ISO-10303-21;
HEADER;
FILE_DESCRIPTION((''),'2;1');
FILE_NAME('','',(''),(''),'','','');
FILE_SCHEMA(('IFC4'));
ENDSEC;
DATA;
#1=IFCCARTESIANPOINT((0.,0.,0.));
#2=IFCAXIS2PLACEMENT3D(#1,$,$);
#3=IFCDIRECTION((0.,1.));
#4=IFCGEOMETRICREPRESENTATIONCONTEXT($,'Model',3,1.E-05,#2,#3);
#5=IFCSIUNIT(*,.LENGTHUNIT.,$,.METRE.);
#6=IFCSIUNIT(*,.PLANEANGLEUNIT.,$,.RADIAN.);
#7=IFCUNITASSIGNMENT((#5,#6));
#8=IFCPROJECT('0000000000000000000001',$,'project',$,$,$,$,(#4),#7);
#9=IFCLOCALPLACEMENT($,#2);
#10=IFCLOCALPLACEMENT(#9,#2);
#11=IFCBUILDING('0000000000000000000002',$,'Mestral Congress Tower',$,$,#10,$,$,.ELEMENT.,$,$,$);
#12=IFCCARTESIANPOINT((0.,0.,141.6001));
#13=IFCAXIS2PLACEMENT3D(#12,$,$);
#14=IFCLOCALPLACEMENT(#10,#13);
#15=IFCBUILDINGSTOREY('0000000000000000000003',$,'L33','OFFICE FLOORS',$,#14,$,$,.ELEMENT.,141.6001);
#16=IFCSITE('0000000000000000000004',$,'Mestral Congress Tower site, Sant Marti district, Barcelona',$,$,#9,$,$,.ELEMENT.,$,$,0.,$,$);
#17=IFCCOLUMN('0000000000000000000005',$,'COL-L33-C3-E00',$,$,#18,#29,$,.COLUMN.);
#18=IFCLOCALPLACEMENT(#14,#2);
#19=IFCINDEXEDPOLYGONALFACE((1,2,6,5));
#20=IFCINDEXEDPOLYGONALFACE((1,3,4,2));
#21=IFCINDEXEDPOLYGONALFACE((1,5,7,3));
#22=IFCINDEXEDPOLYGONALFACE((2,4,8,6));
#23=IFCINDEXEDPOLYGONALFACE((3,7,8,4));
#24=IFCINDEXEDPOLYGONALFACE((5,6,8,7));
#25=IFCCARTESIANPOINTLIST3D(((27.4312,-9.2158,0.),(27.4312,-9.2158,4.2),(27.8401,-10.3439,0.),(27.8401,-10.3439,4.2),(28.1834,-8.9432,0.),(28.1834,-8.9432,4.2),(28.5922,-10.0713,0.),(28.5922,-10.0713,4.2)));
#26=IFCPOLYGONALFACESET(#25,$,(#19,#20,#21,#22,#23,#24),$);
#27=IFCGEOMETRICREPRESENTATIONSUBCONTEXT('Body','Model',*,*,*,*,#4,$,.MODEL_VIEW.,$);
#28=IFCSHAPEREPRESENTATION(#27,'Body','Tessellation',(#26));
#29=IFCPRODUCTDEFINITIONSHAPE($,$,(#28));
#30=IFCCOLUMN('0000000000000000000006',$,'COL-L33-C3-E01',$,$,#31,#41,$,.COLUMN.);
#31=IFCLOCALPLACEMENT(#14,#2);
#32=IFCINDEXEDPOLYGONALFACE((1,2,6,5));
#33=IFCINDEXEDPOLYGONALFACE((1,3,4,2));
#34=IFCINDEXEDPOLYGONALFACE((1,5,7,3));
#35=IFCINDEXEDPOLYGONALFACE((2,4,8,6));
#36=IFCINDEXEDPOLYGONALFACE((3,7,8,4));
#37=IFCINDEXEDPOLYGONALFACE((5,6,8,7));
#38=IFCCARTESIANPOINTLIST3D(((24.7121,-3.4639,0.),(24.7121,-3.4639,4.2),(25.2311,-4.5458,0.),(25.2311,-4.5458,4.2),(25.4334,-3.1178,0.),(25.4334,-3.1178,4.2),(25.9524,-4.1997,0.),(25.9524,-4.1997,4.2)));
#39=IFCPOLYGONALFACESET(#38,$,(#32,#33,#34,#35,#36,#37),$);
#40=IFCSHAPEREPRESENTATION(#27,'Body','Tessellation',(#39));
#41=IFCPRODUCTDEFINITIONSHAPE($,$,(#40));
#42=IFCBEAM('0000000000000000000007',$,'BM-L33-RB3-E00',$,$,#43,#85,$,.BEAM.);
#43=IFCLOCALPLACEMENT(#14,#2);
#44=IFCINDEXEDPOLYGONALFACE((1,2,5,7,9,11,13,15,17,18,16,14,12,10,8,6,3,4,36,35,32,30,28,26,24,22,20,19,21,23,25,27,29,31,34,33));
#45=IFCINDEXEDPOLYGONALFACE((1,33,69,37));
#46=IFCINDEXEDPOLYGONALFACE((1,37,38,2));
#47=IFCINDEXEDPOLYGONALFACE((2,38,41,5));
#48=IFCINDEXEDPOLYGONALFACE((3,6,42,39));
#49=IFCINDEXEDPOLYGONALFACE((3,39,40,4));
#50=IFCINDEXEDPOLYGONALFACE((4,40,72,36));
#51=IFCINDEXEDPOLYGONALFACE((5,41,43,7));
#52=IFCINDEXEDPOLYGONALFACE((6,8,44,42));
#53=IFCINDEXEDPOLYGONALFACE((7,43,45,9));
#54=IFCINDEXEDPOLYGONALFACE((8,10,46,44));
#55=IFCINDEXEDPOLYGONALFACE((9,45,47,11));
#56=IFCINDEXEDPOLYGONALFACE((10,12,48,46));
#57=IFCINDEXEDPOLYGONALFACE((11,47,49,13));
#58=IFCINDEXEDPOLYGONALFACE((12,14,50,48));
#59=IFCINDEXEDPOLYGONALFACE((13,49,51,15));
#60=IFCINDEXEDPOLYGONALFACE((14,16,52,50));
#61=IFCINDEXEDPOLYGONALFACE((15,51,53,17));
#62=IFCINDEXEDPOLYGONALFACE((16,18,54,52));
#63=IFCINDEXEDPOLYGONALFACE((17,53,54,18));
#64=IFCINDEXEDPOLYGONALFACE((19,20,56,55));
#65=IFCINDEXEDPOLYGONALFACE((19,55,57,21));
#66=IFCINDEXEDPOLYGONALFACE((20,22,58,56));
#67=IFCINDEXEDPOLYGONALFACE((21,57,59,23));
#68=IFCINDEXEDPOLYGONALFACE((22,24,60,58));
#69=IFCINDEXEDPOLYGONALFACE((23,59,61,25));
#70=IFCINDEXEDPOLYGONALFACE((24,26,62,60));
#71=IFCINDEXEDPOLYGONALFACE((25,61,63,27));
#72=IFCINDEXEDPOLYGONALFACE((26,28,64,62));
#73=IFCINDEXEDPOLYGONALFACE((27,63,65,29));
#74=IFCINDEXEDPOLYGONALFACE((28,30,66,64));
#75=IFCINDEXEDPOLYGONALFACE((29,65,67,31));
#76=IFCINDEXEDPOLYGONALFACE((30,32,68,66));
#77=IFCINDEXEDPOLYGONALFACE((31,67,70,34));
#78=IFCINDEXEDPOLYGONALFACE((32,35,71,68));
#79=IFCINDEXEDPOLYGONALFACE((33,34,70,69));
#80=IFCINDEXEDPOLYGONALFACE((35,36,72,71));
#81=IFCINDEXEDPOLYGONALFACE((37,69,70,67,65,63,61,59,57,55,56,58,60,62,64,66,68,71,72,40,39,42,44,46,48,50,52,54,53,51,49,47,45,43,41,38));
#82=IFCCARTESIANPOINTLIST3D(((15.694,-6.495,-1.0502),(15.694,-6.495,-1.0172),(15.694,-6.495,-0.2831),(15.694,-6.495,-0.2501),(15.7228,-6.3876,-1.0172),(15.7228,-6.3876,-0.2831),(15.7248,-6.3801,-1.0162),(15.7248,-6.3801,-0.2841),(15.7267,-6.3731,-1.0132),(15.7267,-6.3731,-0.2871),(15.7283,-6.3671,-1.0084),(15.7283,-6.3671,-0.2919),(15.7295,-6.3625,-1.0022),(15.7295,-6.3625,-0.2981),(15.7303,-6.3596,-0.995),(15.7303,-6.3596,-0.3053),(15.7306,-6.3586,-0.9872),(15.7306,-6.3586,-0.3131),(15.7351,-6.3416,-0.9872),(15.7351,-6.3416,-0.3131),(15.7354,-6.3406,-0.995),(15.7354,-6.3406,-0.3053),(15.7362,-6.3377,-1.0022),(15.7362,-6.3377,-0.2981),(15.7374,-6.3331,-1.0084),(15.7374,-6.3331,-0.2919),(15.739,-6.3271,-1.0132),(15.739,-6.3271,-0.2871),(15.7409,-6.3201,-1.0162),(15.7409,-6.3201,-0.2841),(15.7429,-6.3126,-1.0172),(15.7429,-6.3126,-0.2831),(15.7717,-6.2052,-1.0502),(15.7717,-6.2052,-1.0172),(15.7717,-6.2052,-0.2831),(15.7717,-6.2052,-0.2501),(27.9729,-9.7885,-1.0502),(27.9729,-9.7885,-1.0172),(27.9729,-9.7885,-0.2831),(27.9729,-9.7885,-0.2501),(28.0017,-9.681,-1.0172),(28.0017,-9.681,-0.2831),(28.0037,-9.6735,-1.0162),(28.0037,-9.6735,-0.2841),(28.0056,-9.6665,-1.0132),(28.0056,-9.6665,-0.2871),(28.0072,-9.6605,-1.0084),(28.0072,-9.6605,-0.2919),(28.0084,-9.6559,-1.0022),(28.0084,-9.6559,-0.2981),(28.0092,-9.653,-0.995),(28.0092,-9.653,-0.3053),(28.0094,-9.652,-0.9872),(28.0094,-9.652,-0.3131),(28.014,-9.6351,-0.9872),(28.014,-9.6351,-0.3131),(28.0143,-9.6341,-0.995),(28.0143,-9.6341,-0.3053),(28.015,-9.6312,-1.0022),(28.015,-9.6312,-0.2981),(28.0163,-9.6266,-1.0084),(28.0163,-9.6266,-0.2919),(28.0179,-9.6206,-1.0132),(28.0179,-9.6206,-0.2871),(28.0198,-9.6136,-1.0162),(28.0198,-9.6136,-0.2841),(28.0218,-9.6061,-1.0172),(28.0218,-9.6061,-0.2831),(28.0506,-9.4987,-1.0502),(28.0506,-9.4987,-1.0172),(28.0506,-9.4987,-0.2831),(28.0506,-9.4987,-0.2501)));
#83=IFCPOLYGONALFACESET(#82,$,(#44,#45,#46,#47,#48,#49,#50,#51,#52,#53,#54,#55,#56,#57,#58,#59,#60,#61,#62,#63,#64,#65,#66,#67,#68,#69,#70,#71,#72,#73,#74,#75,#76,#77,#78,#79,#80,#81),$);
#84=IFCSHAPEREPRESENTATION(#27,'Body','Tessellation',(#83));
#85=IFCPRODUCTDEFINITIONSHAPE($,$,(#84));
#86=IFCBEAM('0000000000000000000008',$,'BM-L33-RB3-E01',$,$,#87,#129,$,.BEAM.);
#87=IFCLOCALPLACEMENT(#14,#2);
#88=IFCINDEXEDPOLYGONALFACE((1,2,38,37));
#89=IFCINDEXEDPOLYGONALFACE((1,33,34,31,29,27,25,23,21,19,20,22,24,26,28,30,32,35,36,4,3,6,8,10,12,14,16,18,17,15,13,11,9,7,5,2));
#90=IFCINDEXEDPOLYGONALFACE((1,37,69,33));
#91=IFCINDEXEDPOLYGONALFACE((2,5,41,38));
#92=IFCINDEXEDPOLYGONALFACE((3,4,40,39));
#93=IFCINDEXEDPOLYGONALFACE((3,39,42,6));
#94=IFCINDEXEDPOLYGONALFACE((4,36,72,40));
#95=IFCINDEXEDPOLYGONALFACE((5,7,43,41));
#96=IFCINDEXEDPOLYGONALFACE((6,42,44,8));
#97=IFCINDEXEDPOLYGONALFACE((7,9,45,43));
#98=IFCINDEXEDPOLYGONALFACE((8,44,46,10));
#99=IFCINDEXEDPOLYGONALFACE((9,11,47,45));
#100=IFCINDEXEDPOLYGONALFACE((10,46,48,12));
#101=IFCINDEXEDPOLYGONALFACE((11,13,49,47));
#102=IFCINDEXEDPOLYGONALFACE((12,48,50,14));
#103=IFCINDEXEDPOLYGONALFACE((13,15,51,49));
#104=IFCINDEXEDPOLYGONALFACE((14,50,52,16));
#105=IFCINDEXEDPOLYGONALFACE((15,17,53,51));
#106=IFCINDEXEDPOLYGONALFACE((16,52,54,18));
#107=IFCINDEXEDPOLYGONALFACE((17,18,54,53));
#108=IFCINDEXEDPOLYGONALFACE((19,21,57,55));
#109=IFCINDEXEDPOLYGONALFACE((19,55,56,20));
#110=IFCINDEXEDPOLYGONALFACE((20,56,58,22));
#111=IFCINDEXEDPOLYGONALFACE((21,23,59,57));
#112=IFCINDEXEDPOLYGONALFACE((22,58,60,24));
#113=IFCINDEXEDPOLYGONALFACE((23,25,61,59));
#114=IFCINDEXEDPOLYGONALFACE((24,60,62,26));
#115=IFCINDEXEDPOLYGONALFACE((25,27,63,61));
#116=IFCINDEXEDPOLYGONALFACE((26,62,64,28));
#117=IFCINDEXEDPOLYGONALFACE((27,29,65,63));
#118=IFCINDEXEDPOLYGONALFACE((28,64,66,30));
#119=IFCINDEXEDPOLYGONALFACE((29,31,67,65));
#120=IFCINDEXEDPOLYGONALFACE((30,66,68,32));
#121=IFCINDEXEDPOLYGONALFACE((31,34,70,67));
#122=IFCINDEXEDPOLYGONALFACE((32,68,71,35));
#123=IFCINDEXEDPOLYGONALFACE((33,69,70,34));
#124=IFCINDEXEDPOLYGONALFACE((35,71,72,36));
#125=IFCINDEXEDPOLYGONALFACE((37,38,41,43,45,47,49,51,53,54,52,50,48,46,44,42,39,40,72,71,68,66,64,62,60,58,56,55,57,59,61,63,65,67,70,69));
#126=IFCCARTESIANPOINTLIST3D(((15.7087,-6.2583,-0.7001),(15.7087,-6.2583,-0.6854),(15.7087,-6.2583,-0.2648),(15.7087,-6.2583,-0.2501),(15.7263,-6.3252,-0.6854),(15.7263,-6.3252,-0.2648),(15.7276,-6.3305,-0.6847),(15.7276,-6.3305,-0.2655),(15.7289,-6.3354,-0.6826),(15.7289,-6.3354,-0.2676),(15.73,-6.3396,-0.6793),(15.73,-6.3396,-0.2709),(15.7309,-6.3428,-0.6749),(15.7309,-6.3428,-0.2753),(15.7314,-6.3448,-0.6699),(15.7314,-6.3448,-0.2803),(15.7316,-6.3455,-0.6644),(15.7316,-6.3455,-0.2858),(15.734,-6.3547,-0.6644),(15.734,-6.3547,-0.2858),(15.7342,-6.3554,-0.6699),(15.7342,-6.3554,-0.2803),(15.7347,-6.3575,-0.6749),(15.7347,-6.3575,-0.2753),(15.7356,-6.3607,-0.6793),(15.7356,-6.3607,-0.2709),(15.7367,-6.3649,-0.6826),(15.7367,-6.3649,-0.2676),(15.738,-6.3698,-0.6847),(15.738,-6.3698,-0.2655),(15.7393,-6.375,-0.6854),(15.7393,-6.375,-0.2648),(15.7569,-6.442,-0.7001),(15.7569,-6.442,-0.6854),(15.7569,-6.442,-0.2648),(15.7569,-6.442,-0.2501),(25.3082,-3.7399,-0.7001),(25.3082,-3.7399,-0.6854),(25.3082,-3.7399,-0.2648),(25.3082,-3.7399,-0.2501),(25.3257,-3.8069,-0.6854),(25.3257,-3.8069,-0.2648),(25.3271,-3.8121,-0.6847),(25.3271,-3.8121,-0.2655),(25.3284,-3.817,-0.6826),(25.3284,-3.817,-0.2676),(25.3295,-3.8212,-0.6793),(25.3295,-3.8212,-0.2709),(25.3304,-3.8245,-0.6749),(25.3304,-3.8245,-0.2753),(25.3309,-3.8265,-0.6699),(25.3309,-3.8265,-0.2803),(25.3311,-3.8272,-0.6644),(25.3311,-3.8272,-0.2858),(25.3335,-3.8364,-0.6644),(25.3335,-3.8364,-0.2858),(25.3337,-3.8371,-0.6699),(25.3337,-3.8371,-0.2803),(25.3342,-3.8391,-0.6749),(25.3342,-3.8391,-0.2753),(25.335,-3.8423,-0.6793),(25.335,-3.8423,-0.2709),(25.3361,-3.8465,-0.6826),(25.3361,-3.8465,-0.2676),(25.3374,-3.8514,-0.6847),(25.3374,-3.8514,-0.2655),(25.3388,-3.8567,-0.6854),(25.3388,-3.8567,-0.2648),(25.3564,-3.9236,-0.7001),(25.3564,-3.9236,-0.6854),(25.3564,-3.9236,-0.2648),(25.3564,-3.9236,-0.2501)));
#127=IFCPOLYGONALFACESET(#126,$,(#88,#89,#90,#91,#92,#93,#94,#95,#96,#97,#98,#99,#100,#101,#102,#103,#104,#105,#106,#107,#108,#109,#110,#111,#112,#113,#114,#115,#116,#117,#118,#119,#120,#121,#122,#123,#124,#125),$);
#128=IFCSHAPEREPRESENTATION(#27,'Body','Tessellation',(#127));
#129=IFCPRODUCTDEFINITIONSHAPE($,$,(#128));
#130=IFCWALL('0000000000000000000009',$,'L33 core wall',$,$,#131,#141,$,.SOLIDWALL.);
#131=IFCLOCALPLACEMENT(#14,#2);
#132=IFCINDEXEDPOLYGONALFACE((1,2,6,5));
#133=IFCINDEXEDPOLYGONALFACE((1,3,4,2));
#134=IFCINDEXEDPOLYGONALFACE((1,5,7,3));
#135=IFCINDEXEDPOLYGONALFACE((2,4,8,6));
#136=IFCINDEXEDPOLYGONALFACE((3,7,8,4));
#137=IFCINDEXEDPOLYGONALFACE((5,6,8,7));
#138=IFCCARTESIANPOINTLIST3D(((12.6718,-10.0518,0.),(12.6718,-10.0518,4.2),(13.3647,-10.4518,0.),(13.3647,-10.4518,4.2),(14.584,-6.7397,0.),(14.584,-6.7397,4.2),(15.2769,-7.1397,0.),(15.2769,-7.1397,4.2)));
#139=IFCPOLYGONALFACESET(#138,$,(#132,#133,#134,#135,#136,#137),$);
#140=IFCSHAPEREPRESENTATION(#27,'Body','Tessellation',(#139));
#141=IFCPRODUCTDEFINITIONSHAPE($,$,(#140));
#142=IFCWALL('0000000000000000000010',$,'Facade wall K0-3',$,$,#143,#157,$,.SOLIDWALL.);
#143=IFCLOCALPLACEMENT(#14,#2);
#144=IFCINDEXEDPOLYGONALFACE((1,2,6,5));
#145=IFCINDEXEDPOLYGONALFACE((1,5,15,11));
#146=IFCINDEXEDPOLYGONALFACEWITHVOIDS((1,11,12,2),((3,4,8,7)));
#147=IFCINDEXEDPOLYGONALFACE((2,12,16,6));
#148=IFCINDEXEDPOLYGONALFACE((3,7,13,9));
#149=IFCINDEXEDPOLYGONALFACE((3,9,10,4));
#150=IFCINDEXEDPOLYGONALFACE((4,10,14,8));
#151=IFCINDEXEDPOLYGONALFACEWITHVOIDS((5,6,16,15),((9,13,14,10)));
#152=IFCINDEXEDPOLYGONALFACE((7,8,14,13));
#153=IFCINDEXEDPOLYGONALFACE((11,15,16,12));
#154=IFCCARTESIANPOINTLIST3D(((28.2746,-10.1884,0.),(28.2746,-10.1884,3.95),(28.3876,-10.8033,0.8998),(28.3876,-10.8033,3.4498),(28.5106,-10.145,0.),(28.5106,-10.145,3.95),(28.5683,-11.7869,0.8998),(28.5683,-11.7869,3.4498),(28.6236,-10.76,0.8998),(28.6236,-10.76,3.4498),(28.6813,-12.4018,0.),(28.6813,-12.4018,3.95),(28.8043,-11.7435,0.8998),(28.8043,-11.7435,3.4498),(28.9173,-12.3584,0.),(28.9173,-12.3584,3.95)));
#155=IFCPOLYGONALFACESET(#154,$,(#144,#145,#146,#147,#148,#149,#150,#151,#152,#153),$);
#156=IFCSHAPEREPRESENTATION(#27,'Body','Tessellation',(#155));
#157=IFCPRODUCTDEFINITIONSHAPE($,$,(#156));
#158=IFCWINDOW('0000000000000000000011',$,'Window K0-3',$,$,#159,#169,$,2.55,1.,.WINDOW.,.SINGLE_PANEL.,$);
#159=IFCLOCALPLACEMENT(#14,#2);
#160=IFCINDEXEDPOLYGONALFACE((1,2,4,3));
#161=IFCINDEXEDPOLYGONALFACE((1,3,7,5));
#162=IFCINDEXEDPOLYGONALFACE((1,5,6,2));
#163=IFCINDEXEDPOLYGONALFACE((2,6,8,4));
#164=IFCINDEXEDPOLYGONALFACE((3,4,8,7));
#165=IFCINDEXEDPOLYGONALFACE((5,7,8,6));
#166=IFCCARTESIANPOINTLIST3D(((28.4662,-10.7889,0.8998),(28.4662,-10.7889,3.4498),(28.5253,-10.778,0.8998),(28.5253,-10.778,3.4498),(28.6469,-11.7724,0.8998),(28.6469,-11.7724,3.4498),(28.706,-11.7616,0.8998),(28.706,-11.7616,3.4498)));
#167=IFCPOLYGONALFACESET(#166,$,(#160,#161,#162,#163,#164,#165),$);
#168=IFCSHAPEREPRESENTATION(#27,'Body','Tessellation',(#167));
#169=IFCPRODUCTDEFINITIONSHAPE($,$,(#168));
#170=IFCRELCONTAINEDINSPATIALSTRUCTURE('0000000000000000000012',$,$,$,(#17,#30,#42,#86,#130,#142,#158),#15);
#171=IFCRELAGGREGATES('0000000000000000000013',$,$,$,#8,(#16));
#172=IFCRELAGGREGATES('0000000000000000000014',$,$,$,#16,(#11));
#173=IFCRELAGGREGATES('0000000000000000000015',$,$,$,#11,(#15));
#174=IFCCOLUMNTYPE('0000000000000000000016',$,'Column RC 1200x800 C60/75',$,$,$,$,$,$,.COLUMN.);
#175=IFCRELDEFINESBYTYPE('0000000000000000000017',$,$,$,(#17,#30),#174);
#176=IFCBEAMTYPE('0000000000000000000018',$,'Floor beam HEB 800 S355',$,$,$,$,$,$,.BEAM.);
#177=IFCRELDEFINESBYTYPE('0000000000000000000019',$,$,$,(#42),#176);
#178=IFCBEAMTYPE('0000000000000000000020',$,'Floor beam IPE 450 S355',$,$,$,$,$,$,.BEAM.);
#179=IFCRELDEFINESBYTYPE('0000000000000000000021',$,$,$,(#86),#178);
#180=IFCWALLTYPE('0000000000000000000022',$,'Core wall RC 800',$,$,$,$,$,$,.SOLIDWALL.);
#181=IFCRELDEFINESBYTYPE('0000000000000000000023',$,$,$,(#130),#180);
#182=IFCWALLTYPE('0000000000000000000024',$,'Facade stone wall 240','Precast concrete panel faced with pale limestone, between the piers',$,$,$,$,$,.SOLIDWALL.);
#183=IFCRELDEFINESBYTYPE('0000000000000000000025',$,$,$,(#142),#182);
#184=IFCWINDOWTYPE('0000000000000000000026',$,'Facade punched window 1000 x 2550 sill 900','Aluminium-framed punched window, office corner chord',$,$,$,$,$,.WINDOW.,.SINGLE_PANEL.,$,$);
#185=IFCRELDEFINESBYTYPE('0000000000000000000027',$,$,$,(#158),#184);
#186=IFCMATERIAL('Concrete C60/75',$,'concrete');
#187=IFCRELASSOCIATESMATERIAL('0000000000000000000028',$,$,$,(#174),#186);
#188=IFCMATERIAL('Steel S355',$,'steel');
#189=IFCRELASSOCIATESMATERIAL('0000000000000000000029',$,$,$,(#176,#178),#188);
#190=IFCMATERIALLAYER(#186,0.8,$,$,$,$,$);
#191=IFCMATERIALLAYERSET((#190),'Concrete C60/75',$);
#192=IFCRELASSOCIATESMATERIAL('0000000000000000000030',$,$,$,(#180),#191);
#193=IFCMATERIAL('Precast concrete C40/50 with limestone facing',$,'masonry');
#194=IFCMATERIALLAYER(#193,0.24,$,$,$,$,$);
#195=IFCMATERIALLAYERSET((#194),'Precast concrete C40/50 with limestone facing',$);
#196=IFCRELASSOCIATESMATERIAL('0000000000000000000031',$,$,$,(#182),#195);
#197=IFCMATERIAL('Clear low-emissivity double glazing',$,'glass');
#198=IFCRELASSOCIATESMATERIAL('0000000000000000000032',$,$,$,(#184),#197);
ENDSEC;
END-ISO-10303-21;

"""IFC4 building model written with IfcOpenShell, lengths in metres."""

from ifc_helpers import new_model, si_unit, direction, frame, frame_2d, origin, origin_2d, place, context, subcontext, project, spatial, rectangle, i_section, extrude, material, layer, layer_set, material_profile, profile_set, type_object, element, fill, save


model = new_model("IFC4")

# Units and contexts
model_context = context("Model", 3, precision=1e-05, world=origin(), true_north=direction((0.0, 1.0)))
body_context = subcontext(model_context, "Body", "Model", "MODEL_VIEW")
ifc_project = project(units=[si_unit("LENGTHUNIT", "METRE"), si_unit("PLANEANGLEUNIT", "RADIAN")], contexts=[model_context])

# Site, building, storey
site_placement = place(None, origin())
site = spatial("IfcSite", under=ifc_project, at=site_placement, Name="Mestral Congress Tower site, Sant Marti district, Barcelona", CompositionType="ELEMENT", RefElevation=0.0)
building_placement = place(site_placement, origin())
building = spatial("IfcBuilding", under=site, at=building_placement, Name="Mestral Congress Tower", CompositionType="ELEMENT")
storey_placement = place(building_placement, frame((0.0, 0.0, 141.6001)))
storey = spatial("IfcBuildingStorey", under=building, at=storey_placement, Name="L33", Description="OFFICE FLOORS", CompositionType="ELEMENT", Elevation=141.6001)

# Columns
ifc_material_1 = material(Name="Concrete C60/75", Category="concrete")
ifc_material_profile_1 = material_profile(ifc_material_1, rectangle(XDim=1.2, YDim=0.8, at=origin_2d()), Name="RC 1200x800")
ifc_profile_set_1 = profile_set([ifc_material_profile_1], Name="Concrete C60/75")
column_type = type_object("IfcColumnType", Name="Column RC 1200x800 C60/75", PredefinedType="COLUMN", material=ifc_profile_set_1)
for number, where, z_axis, x_axis, name in (
    (1, (28.0117, -9.6436, 0.0), (0.0, 0.0, 1.0), (-0.340744, 0.940156, 0.0), "COL-L33-C3-E00"),
    (2, (25.3323, -3.8318, 0.0), (0.0, 0.0, 1.0), (-0.432522, 0.901624, 0.0), "COL-L33-C3-E01"),
):
    element("IfcColumn", number, at=place(storey_placement, frame(where, z_axis=z_axis, x_axis=x_axis)), inside=storey, type_object=column_type, Name=name, PredefinedType="COLUMN", context=body_context, shape_type="SweptSolid", body=[
        extrude(rectangle(XDim=1.2, YDim=0.8, at=origin_2d()), origin(), (0.0, 0.0, 1.0), 4.2),
    ])

# Beams
ifc_material_2 = material(Name="Steel S355", Category="steel")
ifc_material_profile_2 = material_profile(ifc_material_2, i_section(OverallWidth=0.3, OverallDepth=0.8, WebThickness=0.0176, FlangeThickness=0.033, FilletRadius=0.03, at=origin_2d()), Name="HEB 800")
ifc_profile_set_2 = profile_set([ifc_material_profile_2], Name="Steel S355")
beam_type_1 = type_object("IfcBeamType", Name="Floor beam HEB 800 S355", PredefinedType="BEAM", material=ifc_profile_set_2)
beam_1_placement = place(storey_placement, frame((28.0117, -9.6436, -0.6501), z_axis=(-0.96586, 0.259066, 0.0), x_axis=(-0.259066, -0.96586, 0.0)))
element("IfcBeam", 3, at=beam_1_placement, inside=storey, type_object=beam_type_1, Name="BM-L33-RB3-E00", PredefinedType="BEAM", context=body_context, shape_type="SweptSolid", body=[
    extrude(i_section(OverallWidth=0.3, OverallDepth=0.8, WebThickness=0.0176, FlangeThickness=0.033, FilletRadius=0.03, at=origin_2d()), origin(), (0.0, 0.0, 1.0), 12.7129),
])
ifc_material_profile_3 = material_profile(ifc_material_2, i_section(OverallWidth=0.1899, OverallDepth=0.45, WebThickness=0.0095, FlangeThickness=0.0146, FilletRadius=0.021, at=origin_2d()), Name="IPE 450")
ifc_profile_set_3 = profile_set([ifc_material_profile_3], Name="Steel S355")
beam_type_2 = type_object("IfcBeamType", Name="Floor beam IPE 450 S355", PredefinedType="BEAM", material=ifc_profile_set_3)
beam_2_placement = place(storey_placement, frame((25.3323, -3.8318, -0.4751), z_axis=(-0.967269, -0.253755, 0.0), x_axis=(0.253755, -0.967269, 0.0)))
element("IfcBeam", 4, at=beam_2_placement, inside=storey, type_object=beam_type_2, Name="BM-L33-RB3-E01", PredefinedType="BEAM", context=body_context, shape_type="SweptSolid", body=[
    extrude(i_section(OverallWidth=0.1899, OverallDepth=0.45, WebThickness=0.0095, FlangeThickness=0.0146, FilletRadius=0.021, at=origin_2d()), origin(), (0.0, 0.0, 1.0), 9.9243),
])

# Wall
ifc_layer_1 = layer(ifc_material_1, 0.8)
ifc_layer_set_1 = layer_set([ifc_layer_1], Name="Concrete C60/75")
wall_type_1 = type_object("IfcWallType", Name="Core wall RC 800", PredefinedType="SOLIDWALL", material=ifc_layer_set_1)
wall_1_placement = place(storey_placement, frame((13.0183, -10.2517, 0.0), z_axis=(0.0, 0.0, 1.0), x_axis=(0.499984, 0.866035, 0.0)))
element("IfcWall", 5, at=wall_1_placement, inside=storey, type_object=wall_type_1, Name="L33 core wall", PredefinedType="SOLIDWALL", context=body_context, shape_type="SweptSolid", body=[
    extrude(rectangle(XDim=3.8245, YDim=0.8, at=frame_2d((1.9121, 0.0))), origin(), (0.0, 0.0, 1.0), 4.2),
])

# Wall, opening, window
ifc_material_3 = material(Name="Precast concrete C40/50 with limestone facing", Category="masonry")
ifc_layer_2 = layer(ifc_material_3, 0.24)
ifc_layer_set_2 = layer_set([ifc_layer_2], Name="Precast concrete C40/50 with limestone facing")
wall_type_2 = type_object("IfcWallType", Name="Facade stone wall 240", Description="Precast concrete panel faced with pale limestone, between the piers", PredefinedType="SOLIDWALL", material=ifc_layer_set_2)
wall_2_placement = place(storey_placement, frame((28.7993, -12.3801, 0.0), z_axis=(0.0, 0.0, 1.0), x_axis=(-0.180737, 0.983531, 0.0)))
wall_2 = element("IfcWall", 6, at=wall_2_placement, inside=storey, type_object=wall_type_2, Name="Facade wall K0-3", PredefinedType="SOLIDWALL", context=body_context, shape_type="SweptSolid", body=[
    extrude(rectangle(XDim=2.2505, YDim=0.24, at=frame_2d((1.1252, 0.0))), origin(), (0.0, 0.0, 1.0), 3.95),
])
opening_1_placement = place(wall_2_placement, frame((0.6252, 0.0, 0.8999)))
opening_1 = element("IfcOpeningElement", 7, at=opening_1_placement, cuts=wall_2, PredefinedType="OPENING", context=body_context, shape_type="SweptSolid", body=[
    extrude(rectangle(XDim=1.0, YDim=2.55, at=frame_2d((0.5, 1.2749))), frame((0.0, 0.1299, 0.0), z_axis=(0.0, -1.0, 0.0), x_axis=(1.0, 0.0, 0.0)), (0.0, 0.0, 1.0), 0.26),
])
ifc_material_4 = material(Name="Clear low-emissivity double glazing", Category="glass")
window_type_1 = type_object("IfcWindowType", Name="Facade punched window 1000 x 2550 sill 900", Description="Aluminium-framed punched window, office corner chord", PartitioningType="SINGLE_PANEL", PredefinedType="WINDOW", material=ifc_material_4)
window_1_placement = place(opening_1_placement, origin())
window_1 = element("IfcWindow", 8, at=window_1_placement, inside=storey, type_object=window_type_1, Name="Window K0-3", OverallHeight=2.55, OverallWidth=1.0, PartitioningType="SINGLE_PANEL", PredefinedType="WINDOW", context=body_context, shape_type="SweptSolid", body=[
    extrude(rectangle(XDim=1.0, YDim=2.55, at=frame_2d((0.5, 1.2749))), frame((0.0, 0.04, 0.0), z_axis=(0.0, -1.0, 0.0), x_axis=(1.0, 0.0, 0.0)), (0.0, 0.0, 1.0), 0.0601),
])
fill(opening_1, window_1)

save(model, "model.ifc")
